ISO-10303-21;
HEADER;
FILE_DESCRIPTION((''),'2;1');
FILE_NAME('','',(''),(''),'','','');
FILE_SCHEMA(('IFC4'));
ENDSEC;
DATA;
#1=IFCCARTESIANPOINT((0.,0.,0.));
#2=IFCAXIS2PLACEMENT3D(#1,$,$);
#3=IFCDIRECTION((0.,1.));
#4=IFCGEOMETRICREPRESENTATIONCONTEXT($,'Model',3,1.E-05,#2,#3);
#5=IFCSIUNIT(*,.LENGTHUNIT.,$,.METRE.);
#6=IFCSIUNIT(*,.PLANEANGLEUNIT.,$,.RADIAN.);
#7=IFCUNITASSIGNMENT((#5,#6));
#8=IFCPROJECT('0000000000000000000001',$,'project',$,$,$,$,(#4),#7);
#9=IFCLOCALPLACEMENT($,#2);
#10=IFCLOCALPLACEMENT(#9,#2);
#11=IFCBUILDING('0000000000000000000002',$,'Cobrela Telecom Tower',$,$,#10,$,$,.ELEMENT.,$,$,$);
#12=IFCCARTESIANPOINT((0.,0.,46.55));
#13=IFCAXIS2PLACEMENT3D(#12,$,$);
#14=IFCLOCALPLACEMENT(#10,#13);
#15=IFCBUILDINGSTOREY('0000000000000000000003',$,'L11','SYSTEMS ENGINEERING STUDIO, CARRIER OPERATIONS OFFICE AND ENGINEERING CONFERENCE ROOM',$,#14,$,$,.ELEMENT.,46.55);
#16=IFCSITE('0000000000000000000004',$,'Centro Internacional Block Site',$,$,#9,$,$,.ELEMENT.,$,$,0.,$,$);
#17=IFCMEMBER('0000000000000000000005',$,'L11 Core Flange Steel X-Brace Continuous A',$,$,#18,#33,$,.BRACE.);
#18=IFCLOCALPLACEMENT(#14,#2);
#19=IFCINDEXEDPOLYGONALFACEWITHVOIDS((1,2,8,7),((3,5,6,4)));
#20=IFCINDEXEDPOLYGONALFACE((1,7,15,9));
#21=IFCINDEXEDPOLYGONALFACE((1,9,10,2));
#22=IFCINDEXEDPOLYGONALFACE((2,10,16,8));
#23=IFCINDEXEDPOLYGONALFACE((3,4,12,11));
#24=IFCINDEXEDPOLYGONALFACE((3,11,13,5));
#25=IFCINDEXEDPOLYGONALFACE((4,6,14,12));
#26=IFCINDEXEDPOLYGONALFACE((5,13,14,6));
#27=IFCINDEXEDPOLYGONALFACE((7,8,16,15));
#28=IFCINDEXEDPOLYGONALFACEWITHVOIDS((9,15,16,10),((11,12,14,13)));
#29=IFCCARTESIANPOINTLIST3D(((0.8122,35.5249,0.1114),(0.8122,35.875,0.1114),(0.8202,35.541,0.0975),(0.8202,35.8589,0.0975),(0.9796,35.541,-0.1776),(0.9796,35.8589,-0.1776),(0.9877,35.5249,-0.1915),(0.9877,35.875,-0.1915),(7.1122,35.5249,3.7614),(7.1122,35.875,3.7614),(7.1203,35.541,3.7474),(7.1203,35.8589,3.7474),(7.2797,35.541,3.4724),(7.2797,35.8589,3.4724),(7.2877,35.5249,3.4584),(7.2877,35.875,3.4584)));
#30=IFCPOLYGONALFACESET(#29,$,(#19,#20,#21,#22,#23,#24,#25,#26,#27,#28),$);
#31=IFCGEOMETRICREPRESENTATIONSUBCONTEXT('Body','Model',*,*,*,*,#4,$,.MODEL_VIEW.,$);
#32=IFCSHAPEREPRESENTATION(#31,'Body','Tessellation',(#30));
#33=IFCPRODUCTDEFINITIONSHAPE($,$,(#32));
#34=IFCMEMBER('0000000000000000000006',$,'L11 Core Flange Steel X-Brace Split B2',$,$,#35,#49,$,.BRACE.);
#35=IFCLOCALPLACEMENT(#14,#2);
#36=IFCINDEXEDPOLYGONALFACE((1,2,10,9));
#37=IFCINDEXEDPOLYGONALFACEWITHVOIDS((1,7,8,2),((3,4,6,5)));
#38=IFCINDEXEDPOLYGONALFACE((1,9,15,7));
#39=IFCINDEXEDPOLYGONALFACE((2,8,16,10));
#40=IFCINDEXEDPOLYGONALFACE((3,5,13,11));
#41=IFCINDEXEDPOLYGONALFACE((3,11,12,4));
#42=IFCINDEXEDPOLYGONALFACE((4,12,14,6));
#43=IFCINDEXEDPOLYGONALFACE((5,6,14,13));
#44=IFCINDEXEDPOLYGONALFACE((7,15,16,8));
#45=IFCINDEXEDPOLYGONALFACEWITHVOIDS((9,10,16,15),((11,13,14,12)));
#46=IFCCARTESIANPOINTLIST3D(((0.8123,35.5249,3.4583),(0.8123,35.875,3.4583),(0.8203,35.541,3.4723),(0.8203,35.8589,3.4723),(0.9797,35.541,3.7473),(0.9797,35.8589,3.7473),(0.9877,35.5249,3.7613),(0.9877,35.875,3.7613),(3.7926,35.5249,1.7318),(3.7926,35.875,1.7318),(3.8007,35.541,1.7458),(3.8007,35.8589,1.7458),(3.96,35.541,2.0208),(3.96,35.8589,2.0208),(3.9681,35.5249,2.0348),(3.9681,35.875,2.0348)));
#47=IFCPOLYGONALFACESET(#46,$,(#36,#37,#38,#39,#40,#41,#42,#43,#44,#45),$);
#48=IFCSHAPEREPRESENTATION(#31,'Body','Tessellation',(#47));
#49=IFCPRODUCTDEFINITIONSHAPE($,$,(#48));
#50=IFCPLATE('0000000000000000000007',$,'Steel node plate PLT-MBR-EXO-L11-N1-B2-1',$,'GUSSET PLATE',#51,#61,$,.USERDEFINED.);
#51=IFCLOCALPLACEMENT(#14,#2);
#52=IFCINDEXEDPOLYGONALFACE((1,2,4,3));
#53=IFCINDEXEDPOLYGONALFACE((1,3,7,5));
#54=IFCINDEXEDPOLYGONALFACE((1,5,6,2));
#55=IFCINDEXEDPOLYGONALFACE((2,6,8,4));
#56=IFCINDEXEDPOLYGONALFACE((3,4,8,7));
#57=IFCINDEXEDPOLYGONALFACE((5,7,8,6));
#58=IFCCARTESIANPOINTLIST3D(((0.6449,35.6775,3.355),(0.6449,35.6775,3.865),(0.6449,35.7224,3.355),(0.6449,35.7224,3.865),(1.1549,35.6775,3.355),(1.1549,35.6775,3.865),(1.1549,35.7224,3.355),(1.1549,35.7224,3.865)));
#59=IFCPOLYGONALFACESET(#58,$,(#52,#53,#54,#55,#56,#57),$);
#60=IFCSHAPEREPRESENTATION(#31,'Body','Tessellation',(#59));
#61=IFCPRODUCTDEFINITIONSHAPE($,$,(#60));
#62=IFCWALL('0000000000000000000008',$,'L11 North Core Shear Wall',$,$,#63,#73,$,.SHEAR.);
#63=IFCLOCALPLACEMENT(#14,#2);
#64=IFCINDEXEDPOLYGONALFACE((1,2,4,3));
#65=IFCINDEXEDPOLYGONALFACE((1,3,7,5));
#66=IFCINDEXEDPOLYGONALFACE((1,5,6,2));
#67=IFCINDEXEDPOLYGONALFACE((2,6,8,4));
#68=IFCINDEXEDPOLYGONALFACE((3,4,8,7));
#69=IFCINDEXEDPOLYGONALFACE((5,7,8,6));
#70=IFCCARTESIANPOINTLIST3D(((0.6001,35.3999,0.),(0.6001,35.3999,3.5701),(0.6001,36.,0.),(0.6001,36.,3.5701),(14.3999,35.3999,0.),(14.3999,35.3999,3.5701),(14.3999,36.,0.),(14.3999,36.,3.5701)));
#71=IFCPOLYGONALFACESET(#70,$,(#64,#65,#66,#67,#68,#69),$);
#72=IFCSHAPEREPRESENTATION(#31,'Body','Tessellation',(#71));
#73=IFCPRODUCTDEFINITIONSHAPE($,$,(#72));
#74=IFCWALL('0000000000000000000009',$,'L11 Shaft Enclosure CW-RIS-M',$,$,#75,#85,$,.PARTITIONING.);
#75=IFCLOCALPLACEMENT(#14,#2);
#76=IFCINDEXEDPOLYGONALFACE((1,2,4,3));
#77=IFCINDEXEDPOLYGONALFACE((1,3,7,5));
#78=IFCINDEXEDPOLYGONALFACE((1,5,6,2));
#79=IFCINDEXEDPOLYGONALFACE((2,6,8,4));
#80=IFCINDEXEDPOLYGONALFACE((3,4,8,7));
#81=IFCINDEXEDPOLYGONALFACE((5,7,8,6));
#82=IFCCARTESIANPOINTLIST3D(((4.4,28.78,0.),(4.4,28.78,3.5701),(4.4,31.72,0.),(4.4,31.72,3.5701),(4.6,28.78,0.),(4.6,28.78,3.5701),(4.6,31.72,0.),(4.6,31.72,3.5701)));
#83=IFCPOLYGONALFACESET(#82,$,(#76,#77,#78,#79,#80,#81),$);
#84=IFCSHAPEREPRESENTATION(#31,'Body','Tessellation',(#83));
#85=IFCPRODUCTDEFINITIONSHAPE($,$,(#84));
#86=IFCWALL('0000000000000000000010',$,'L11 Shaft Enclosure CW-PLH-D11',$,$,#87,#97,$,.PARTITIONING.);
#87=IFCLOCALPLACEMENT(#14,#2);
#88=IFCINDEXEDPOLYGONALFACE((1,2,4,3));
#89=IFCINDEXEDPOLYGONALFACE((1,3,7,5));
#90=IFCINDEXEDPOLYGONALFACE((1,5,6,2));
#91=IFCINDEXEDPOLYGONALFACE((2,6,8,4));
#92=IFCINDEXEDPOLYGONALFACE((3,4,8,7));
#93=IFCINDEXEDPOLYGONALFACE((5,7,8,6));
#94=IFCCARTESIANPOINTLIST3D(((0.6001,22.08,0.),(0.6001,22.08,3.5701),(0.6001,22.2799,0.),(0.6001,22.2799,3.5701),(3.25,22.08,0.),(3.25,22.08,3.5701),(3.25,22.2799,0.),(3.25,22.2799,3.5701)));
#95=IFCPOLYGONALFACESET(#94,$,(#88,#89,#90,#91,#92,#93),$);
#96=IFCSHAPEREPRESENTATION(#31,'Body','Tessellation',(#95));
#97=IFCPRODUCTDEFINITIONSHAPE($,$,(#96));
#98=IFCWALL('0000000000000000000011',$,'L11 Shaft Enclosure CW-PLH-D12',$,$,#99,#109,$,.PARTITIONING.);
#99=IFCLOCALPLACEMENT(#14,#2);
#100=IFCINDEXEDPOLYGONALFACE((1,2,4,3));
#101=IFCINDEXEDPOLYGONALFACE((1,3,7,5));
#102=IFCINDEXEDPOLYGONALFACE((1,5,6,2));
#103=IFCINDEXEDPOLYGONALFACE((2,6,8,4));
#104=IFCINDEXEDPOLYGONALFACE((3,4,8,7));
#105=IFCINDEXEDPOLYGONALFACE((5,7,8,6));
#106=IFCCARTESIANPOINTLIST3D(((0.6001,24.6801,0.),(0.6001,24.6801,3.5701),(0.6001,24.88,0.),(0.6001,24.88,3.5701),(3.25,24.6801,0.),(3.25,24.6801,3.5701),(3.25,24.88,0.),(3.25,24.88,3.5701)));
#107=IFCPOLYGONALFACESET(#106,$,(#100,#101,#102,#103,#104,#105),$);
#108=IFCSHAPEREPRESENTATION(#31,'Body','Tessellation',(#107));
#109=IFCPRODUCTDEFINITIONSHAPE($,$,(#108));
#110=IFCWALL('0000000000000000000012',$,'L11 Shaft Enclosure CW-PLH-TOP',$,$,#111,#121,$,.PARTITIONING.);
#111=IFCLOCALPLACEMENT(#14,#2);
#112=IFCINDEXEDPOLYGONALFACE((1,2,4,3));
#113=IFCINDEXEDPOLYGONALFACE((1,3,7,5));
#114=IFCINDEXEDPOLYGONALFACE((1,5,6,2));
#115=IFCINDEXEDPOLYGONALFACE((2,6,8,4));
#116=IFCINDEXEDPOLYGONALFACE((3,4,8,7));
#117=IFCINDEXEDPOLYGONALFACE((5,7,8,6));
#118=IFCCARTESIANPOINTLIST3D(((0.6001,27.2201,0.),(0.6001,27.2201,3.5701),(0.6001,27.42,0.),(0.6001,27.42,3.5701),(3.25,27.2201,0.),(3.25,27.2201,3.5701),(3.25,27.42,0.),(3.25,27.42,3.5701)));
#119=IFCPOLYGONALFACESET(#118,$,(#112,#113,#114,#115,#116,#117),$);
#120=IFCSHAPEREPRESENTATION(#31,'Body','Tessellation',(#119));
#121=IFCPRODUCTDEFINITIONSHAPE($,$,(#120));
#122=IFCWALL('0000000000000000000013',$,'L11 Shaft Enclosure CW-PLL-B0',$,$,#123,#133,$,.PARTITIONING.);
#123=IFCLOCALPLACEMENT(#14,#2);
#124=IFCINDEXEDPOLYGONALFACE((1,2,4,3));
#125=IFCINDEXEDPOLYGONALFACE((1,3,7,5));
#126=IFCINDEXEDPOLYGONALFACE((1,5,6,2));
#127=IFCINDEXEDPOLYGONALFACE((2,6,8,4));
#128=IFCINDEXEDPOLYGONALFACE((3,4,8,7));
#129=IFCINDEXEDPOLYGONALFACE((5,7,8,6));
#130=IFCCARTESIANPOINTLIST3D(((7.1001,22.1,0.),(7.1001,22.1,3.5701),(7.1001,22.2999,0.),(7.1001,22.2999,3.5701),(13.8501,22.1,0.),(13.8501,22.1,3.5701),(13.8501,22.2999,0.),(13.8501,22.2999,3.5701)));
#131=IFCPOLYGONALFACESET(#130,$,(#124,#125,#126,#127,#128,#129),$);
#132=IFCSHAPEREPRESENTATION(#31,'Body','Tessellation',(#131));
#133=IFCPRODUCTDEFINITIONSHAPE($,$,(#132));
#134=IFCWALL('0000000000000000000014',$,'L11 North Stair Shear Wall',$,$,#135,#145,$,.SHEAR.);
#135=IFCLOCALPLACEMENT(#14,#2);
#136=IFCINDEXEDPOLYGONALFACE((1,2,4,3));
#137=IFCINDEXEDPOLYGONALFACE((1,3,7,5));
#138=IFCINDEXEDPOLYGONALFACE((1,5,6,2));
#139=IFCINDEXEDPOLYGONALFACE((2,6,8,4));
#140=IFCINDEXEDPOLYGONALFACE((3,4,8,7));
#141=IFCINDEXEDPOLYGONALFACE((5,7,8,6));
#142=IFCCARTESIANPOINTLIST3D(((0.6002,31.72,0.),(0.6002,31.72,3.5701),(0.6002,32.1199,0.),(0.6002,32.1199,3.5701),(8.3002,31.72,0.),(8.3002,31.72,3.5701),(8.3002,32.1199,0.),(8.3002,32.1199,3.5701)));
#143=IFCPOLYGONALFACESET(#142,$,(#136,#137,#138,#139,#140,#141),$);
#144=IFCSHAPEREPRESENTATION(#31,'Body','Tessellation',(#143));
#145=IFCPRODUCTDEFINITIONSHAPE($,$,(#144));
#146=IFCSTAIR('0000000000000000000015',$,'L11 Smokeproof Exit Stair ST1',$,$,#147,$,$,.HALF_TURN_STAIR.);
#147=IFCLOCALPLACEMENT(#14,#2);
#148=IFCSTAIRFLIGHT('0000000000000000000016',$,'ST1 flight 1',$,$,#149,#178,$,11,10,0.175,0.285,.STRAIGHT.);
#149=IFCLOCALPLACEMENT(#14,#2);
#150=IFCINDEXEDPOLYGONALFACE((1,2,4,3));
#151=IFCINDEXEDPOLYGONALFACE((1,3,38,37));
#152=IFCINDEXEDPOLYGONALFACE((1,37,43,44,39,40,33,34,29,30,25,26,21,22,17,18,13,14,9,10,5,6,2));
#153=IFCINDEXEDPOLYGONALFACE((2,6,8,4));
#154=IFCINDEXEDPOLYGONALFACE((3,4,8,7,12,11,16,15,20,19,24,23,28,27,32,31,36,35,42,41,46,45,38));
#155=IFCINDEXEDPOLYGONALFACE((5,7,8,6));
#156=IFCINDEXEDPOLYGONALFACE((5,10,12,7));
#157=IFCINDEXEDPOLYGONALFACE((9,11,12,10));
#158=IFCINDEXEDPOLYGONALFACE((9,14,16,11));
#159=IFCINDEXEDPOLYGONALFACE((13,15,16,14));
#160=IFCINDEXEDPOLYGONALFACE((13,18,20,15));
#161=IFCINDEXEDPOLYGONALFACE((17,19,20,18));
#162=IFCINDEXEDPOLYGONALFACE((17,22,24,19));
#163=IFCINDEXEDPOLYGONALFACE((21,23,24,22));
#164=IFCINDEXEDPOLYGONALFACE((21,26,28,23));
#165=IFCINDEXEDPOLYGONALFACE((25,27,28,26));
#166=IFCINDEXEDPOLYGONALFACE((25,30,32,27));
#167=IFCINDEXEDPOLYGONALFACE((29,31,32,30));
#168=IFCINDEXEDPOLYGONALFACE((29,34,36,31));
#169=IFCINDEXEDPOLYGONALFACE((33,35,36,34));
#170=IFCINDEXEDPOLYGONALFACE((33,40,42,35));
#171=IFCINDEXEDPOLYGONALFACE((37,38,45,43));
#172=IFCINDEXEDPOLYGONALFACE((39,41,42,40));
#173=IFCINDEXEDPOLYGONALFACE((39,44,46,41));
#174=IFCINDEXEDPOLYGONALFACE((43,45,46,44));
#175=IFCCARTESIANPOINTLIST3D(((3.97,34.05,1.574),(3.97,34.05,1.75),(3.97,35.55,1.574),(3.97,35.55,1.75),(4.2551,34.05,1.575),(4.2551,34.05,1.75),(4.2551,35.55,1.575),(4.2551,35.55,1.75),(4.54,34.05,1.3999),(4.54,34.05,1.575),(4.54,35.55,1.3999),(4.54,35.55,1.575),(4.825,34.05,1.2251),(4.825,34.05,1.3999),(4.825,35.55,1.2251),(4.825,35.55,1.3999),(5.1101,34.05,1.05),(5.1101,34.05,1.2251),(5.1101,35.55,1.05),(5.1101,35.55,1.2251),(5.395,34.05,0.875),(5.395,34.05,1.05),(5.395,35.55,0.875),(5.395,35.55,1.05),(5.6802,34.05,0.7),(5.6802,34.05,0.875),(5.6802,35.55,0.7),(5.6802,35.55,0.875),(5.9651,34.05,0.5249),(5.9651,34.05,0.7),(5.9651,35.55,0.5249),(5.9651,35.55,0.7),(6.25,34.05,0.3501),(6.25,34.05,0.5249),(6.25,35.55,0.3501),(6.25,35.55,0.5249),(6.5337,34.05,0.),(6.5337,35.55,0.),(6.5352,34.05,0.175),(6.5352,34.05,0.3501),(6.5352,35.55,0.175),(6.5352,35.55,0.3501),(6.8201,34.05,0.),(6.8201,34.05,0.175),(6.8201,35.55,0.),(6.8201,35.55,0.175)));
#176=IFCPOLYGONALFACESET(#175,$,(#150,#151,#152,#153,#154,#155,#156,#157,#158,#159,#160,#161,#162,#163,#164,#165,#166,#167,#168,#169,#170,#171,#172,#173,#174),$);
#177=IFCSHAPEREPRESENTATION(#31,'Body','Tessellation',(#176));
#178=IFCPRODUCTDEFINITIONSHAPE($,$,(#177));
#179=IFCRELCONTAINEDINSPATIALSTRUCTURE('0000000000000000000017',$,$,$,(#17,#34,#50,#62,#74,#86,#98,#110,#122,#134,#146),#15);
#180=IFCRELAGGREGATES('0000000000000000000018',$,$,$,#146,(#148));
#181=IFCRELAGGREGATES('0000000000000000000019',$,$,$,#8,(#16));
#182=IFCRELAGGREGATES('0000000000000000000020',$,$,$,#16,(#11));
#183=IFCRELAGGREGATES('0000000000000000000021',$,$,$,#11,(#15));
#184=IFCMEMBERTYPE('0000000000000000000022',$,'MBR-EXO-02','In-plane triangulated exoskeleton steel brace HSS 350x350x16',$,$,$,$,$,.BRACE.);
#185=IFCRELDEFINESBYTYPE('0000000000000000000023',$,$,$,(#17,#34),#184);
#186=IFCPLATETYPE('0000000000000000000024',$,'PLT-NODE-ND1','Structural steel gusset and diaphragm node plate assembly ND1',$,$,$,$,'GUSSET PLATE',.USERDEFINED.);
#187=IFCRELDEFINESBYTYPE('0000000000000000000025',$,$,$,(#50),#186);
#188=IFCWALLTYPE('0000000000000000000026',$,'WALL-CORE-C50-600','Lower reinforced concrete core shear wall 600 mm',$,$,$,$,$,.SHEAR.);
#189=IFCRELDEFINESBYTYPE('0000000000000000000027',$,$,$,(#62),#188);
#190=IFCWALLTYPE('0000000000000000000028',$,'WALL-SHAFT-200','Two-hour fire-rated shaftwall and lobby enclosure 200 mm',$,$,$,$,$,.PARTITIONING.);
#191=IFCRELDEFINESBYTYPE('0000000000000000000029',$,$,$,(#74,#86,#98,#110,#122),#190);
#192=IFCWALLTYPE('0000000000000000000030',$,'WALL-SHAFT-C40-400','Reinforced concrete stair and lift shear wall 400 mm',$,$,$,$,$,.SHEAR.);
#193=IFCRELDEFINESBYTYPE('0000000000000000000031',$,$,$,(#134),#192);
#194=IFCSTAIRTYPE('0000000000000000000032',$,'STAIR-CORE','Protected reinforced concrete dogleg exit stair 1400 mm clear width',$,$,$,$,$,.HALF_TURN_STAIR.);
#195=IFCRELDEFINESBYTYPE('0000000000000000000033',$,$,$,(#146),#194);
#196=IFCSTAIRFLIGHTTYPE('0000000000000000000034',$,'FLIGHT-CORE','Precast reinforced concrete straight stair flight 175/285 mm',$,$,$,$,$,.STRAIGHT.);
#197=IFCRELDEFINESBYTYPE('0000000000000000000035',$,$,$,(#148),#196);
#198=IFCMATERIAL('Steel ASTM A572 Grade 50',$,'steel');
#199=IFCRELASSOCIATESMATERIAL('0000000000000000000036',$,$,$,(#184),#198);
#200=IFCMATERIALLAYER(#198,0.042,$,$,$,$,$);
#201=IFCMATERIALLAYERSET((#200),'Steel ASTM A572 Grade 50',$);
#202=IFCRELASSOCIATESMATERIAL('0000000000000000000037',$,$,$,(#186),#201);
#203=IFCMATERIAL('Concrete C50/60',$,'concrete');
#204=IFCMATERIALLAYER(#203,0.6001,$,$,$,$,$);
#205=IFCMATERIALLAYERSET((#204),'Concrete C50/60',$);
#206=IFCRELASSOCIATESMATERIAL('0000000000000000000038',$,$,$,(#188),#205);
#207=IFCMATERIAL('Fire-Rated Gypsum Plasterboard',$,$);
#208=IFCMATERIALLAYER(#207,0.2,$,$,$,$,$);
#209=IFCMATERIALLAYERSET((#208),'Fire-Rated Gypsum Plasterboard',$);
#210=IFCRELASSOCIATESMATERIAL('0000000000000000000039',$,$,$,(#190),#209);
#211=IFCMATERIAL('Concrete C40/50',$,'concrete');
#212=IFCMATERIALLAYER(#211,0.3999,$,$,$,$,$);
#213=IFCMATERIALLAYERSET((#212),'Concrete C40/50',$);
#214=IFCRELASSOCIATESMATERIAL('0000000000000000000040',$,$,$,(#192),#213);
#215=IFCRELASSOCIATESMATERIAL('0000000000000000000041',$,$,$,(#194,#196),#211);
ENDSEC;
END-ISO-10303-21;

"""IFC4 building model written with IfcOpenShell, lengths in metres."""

from ifc_helpers import new_model, si_unit, direction, frame, frame_2d, origin, origin_2d, place, context, subcontext, project, spatial, polyline, rectangle, hollow_rectangle, outline, extrude, material, layer, layer_set, material_profile, profile_set, type_object, element, aggregate, save


model = new_model("IFC4")

# Units and contexts
model_context = context("Model", 3, precision=1e-05, world=origin(), true_north=direction((0.0, 1.0)))
body_context = subcontext(model_context, "Body", "Model", "MODEL_VIEW")
ifc_project = project(units=[si_unit("LENGTHUNIT", "METRE"), si_unit("PLANEANGLEUNIT", "RADIAN")], contexts=[model_context])

# Site, building, storey
site_placement = place(None, origin())
site = spatial("IfcSite", under=ifc_project, at=site_placement, Name="Centro Internacional Block Site", CompositionType="ELEMENT", RefElevation=0.0)
building_placement = place(site_placement, origin())
building = spatial("IfcBuilding", under=site, at=building_placement, Name="Cobrela Telecom Tower", CompositionType="ELEMENT")
storey_placement = place(building_placement, frame((0.0, 0.0, 46.55)))
storey = spatial("IfcBuildingStorey", under=building, at=storey_placement, Name="L11", Description="SYSTEMS ENGINEERING STUDIO, CARRIER OPERATIONS OFFICE AND ENGINEERING CONFERENCE ROOM", CompositionType="ELEMENT", Elevation=46.55)

# Members
ifc_material_1 = material(Name="Steel ASTM A572 Grade 50", Category="steel")
ifc_material_profile = material_profile(ifc_material_1, hollow_rectangle(XDim=0.3501, YDim=0.3501, WallThickness=0.0161, at=origin_2d()), Name="HSS 350x350x16")
ifc_profile_set = profile_set([ifc_material_profile], Name="Steel ASTM A572 Grade 50")
member_type = type_object("IfcMemberType", Name="MBR-EXO-02", Description="In-plane triangulated exoskeleton steel brace HSS 350x350x16", PredefinedType="BRACE", material=ifc_profile_set)
member_1_placement = place(storey_placement, frame((0.8999, 35.7, -0.04), z_axis=(0.865277, 0.0, 0.501294), x_axis=(0.0, 1.0, 0.0)))
element("IfcMember", 1, at=member_1_placement, inside=storey, type_object=member_type, Name="L11 Core Flange Steel X-Brace Continuous A", PredefinedType="BRACE", context=body_context, shape_type="SweptSolid", body=[
    extrude(hollow_rectangle(XDim=0.3501, YDim=0.3501, WallThickness=0.0161, at=origin_2d()), origin(), (0.0, 0.0, 1.0), 7.281),
])
member_2_placement = place(storey_placement, frame((3.8804, 35.7, 1.8833), z_axis=(-0.865297, 0.0, 0.50126), x_axis=(0.0, -1.0, 0.0)))
element("IfcMember", 2, at=member_2_placement, inside=storey, type_object=member_type, Name="L11 Core Flange Steel X-Brace Split B2", PredefinedType="BRACE", context=body_context, shape_type="SweptSolid", body=[
    extrude(hollow_rectangle(XDim=0.3501, YDim=0.3501, WallThickness=0.0161, at=origin_2d()), origin(), (0.0, 0.0, 1.0), 3.4443),
])

# Plate
ifc_layer_1 = layer(ifc_material_1, 0.042)
ifc_layer_set_1 = layer_set([ifc_layer_1], Name="Steel ASTM A572 Grade 50")
plate_type = type_object("IfcPlateType", Name="PLT-NODE-ND1", Description="Structural steel gusset and diaphragm node plate assembly ND1", ElementType="GUSSET PLATE", PredefinedType="USERDEFINED", material=ifc_layer_set_1)
plate_placement = place(storey_placement, frame((0.8999, 35.7, 3.355), z_axis=(0.0, 0.0, 1.0), x_axis=(-1.0, 0.0, 0.0)))
element("IfcPlate", 3, at=plate_placement, inside=storey, type_object=plate_type, Name="Steel node plate PLT-MBR-EXO-L11-N1-B2-1", ObjectType="GUSSET PLATE", PredefinedType="USERDEFINED", context=body_context, shape_type="SweptSolid", body=[
    extrude(rectangle(XDim=0.51, YDim=0.0449, at=origin_2d()), origin(), (0.0, 0.0, 1.0), 0.51),
])

# Wall
ifc_material_2 = material(Name="Concrete C50/60", Category="concrete")
ifc_layer_2 = layer(ifc_material_2, 0.6001)
ifc_layer_set_2 = layer_set([ifc_layer_2], Name="Concrete C50/60")
wall_type_1 = type_object("IfcWallType", Name="WALL-CORE-C50-600", Description="Lower reinforced concrete core shear wall 600 mm", PredefinedType="SHEAR", material=ifc_layer_set_2)
wall_1_placement = place(storey_placement, frame((0.6001, 35.7, 0.0), z_axis=(0.0, 0.0, 1.0), x_axis=(1.0, 0.0, 0.0)))
element("IfcWall", 4, at=wall_1_placement, inside=storey, type_object=wall_type_1, Name="L11 North Core Shear Wall", PredefinedType="SHEAR", context=body_context, shape_type="SweptSolid", body=[
    extrude(rectangle(XDim=13.7998, YDim=0.6001, at=frame_2d((6.8999, 0.0))), origin(), (0.0, 0.0, 1.0), 3.5701),
])

# Shared definitions
ifc_material_3 = material(Name="Fire-Rated Gypsum Plasterboard")
ifc_layer_3 = layer(ifc_material_3, 0.2)
ifc_layer_set_3 = layer_set([ifc_layer_3], Name="Fire-Rated Gypsum Plasterboard")
wall_type_2 = type_object("IfcWallType", Name="WALL-SHAFT-200", Description="Two-hour fire-rated shaftwall and lobby enclosure 200 mm", PredefinedType="PARTITIONING", material=ifc_layer_set_3)

# Walls
wall_2_placement = place(storey_placement, frame((4.5, 28.78, 0.0), z_axis=(0.0, 0.0, 1.0), x_axis=(0.0, 1.0, 0.0)))
element("IfcWall", 5, at=wall_2_placement, inside=storey, type_object=wall_type_2, Name="L11 Shaft Enclosure CW-RIS-M", PredefinedType="PARTITIONING", context=body_context, shape_type="SweptSolid", body=[
    extrude(rectangle(XDim=2.9399, YDim=0.2, at=frame_2d((1.47, 0.0))), origin(), (0.0, 0.0, 1.0), 3.5701),
])
for number, where, z_axis, x_axis, name in (
    (6, (0.6001, 22.1799, 0.0), (0.0, 0.0, 1.0), (1.0, 0.0, 0.0), "L11 Shaft Enclosure CW-PLH-D11"),
    (7, (0.6001, 24.78, 0.0), (0.0, 0.0, 1.0), (1.0, 0.0, 0.0), "L11 Shaft Enclosure CW-PLH-D12"),
    (8, (0.6001, 27.3201, 0.0), (0.0, 0.0, 1.0), (1.0, 0.0, 0.0), "L11 Shaft Enclosure CW-PLH-TOP"),
):
    element("IfcWall", number, at=place(storey_placement, frame(where, z_axis=z_axis, x_axis=x_axis)), inside=storey, type_object=wall_type_2, Name=name, PredefinedType="PARTITIONING", context=body_context, shape_type="SweptSolid", body=[
        extrude(rectangle(XDim=2.6499, YDim=0.2, at=frame_2d((1.325, 0.0))), origin(), (0.0, 0.0, 1.0), 3.5701),
    ])
wall_3_placement = place(storey_placement, frame((7.1001, 22.2, 0.0), z_axis=(0.0, 0.0, 1.0), x_axis=(1.0, 0.0, 0.0)))
element("IfcWall", 9, at=wall_3_placement, inside=storey, type_object=wall_type_2, Name="L11 Shaft Enclosure CW-PLL-B0", PredefinedType="PARTITIONING", context=body_context, shape_type="SweptSolid", body=[
    extrude(rectangle(XDim=6.75, YDim=0.2, at=frame_2d((3.375, 0.0))), origin(), (0.0, 0.0, 1.0), 3.5701),
])
ifc_material_4 = material(Name="Concrete C40/50", Category="concrete")
ifc_layer_4 = layer(ifc_material_4, 0.3999)
ifc_layer_set_4 = layer_set([ifc_layer_4], Name="Concrete C40/50")
wall_type_3 = type_object("IfcWallType", Name="WALL-SHAFT-C40-400", Description="Reinforced concrete stair and lift shear wall 400 mm", PredefinedType="SHEAR", material=ifc_layer_set_4)
wall_4_placement = place(storey_placement, frame((0.6001, 31.9199, 0.0), z_axis=(0.0, 0.0, 1.0), x_axis=(1.0, 0.0, 0.0)))
element("IfcWall", 10, at=wall_4_placement, inside=storey, type_object=wall_type_3, Name="L11 North Stair Shear Wall", PredefinedType="SHEAR", context=body_context, shape_type="SweptSolid", body=[
    extrude(rectangle(XDim=7.7, YDim=0.3999, at=frame_2d((3.8501, 0.0))), origin(), (0.0, 0.0, 1.0), 3.5701),
])

# Stair, stair flight
stair_type = type_object("IfcStairType", Name="STAIR-CORE", Description="Protected reinforced concrete dogleg exit stair 1400 mm clear width", PredefinedType="HALF_TURN_STAIR", material=ifc_material_4)
stair_placement = place(storey_placement, origin())
stair = element("IfcStair", 11, at=stair_placement, inside=storey, type_object=stair_type, Name="L11 Smokeproof Exit Stair ST1", PredefinedType="HALF_TURN_STAIR")
stair_flight_type = type_object("IfcStairFlightType", Name="FLIGHT-CORE", Description="Precast reinforced concrete straight stair flight 175/285 mm", PredefinedType="STRAIGHT", material=ifc_material_4)
stair_flight_1_placement = place(storey_placement, frame((6.8201, 34.8, 0.0), z_axis=(0.0, 0.0, 1.0), x_axis=(-1.0, 0.0, 0.0)))
stair_flight_1 = element("IfcStairFlight", 12, at=stair_flight_1_placement, type_object=stair_flight_type, Name="ST1 flight 1", NumberOfRisers=11, NumberOfTreads=10, PredefinedType="STRAIGHT", RiserHeight=0.175, TreadLength=0.285, context=body_context, shape_type="SweptSolid", body=[
    extrude(outline(polyline([(0.0, 0.0), (0.0, 0.175), (0.2849, 0.175), (0.2849, 0.3501), (0.5701, 0.3501), (0.5701, 0.5249), (0.855, 0.5249), (0.855, 0.7), (1.1399, 0.7), (1.1399, 0.875), (1.425, 0.875), (1.425, 1.05), (1.71, 1.05), (1.71, 1.2251), (1.9951, 1.2251), (1.9951, 1.3999), (2.28, 1.3999), (2.28, 1.575), (2.5649, 1.575), (2.5649, 1.75), (2.8501, 1.75), (2.8501, 1.925), (2.8501, 1.574), (0.2864, 0.0), (0.0, 0.0)])), frame((0.0, 0.75, 0.0), z_axis=(0.0, -1.0, 0.0), x_axis=(1.0, 0.0, 0.0)), (0.0, 0.0, 1.0), 1.5),
])
aggregate(stair, [stair_flight_1])

save(model, "model.ifc")
